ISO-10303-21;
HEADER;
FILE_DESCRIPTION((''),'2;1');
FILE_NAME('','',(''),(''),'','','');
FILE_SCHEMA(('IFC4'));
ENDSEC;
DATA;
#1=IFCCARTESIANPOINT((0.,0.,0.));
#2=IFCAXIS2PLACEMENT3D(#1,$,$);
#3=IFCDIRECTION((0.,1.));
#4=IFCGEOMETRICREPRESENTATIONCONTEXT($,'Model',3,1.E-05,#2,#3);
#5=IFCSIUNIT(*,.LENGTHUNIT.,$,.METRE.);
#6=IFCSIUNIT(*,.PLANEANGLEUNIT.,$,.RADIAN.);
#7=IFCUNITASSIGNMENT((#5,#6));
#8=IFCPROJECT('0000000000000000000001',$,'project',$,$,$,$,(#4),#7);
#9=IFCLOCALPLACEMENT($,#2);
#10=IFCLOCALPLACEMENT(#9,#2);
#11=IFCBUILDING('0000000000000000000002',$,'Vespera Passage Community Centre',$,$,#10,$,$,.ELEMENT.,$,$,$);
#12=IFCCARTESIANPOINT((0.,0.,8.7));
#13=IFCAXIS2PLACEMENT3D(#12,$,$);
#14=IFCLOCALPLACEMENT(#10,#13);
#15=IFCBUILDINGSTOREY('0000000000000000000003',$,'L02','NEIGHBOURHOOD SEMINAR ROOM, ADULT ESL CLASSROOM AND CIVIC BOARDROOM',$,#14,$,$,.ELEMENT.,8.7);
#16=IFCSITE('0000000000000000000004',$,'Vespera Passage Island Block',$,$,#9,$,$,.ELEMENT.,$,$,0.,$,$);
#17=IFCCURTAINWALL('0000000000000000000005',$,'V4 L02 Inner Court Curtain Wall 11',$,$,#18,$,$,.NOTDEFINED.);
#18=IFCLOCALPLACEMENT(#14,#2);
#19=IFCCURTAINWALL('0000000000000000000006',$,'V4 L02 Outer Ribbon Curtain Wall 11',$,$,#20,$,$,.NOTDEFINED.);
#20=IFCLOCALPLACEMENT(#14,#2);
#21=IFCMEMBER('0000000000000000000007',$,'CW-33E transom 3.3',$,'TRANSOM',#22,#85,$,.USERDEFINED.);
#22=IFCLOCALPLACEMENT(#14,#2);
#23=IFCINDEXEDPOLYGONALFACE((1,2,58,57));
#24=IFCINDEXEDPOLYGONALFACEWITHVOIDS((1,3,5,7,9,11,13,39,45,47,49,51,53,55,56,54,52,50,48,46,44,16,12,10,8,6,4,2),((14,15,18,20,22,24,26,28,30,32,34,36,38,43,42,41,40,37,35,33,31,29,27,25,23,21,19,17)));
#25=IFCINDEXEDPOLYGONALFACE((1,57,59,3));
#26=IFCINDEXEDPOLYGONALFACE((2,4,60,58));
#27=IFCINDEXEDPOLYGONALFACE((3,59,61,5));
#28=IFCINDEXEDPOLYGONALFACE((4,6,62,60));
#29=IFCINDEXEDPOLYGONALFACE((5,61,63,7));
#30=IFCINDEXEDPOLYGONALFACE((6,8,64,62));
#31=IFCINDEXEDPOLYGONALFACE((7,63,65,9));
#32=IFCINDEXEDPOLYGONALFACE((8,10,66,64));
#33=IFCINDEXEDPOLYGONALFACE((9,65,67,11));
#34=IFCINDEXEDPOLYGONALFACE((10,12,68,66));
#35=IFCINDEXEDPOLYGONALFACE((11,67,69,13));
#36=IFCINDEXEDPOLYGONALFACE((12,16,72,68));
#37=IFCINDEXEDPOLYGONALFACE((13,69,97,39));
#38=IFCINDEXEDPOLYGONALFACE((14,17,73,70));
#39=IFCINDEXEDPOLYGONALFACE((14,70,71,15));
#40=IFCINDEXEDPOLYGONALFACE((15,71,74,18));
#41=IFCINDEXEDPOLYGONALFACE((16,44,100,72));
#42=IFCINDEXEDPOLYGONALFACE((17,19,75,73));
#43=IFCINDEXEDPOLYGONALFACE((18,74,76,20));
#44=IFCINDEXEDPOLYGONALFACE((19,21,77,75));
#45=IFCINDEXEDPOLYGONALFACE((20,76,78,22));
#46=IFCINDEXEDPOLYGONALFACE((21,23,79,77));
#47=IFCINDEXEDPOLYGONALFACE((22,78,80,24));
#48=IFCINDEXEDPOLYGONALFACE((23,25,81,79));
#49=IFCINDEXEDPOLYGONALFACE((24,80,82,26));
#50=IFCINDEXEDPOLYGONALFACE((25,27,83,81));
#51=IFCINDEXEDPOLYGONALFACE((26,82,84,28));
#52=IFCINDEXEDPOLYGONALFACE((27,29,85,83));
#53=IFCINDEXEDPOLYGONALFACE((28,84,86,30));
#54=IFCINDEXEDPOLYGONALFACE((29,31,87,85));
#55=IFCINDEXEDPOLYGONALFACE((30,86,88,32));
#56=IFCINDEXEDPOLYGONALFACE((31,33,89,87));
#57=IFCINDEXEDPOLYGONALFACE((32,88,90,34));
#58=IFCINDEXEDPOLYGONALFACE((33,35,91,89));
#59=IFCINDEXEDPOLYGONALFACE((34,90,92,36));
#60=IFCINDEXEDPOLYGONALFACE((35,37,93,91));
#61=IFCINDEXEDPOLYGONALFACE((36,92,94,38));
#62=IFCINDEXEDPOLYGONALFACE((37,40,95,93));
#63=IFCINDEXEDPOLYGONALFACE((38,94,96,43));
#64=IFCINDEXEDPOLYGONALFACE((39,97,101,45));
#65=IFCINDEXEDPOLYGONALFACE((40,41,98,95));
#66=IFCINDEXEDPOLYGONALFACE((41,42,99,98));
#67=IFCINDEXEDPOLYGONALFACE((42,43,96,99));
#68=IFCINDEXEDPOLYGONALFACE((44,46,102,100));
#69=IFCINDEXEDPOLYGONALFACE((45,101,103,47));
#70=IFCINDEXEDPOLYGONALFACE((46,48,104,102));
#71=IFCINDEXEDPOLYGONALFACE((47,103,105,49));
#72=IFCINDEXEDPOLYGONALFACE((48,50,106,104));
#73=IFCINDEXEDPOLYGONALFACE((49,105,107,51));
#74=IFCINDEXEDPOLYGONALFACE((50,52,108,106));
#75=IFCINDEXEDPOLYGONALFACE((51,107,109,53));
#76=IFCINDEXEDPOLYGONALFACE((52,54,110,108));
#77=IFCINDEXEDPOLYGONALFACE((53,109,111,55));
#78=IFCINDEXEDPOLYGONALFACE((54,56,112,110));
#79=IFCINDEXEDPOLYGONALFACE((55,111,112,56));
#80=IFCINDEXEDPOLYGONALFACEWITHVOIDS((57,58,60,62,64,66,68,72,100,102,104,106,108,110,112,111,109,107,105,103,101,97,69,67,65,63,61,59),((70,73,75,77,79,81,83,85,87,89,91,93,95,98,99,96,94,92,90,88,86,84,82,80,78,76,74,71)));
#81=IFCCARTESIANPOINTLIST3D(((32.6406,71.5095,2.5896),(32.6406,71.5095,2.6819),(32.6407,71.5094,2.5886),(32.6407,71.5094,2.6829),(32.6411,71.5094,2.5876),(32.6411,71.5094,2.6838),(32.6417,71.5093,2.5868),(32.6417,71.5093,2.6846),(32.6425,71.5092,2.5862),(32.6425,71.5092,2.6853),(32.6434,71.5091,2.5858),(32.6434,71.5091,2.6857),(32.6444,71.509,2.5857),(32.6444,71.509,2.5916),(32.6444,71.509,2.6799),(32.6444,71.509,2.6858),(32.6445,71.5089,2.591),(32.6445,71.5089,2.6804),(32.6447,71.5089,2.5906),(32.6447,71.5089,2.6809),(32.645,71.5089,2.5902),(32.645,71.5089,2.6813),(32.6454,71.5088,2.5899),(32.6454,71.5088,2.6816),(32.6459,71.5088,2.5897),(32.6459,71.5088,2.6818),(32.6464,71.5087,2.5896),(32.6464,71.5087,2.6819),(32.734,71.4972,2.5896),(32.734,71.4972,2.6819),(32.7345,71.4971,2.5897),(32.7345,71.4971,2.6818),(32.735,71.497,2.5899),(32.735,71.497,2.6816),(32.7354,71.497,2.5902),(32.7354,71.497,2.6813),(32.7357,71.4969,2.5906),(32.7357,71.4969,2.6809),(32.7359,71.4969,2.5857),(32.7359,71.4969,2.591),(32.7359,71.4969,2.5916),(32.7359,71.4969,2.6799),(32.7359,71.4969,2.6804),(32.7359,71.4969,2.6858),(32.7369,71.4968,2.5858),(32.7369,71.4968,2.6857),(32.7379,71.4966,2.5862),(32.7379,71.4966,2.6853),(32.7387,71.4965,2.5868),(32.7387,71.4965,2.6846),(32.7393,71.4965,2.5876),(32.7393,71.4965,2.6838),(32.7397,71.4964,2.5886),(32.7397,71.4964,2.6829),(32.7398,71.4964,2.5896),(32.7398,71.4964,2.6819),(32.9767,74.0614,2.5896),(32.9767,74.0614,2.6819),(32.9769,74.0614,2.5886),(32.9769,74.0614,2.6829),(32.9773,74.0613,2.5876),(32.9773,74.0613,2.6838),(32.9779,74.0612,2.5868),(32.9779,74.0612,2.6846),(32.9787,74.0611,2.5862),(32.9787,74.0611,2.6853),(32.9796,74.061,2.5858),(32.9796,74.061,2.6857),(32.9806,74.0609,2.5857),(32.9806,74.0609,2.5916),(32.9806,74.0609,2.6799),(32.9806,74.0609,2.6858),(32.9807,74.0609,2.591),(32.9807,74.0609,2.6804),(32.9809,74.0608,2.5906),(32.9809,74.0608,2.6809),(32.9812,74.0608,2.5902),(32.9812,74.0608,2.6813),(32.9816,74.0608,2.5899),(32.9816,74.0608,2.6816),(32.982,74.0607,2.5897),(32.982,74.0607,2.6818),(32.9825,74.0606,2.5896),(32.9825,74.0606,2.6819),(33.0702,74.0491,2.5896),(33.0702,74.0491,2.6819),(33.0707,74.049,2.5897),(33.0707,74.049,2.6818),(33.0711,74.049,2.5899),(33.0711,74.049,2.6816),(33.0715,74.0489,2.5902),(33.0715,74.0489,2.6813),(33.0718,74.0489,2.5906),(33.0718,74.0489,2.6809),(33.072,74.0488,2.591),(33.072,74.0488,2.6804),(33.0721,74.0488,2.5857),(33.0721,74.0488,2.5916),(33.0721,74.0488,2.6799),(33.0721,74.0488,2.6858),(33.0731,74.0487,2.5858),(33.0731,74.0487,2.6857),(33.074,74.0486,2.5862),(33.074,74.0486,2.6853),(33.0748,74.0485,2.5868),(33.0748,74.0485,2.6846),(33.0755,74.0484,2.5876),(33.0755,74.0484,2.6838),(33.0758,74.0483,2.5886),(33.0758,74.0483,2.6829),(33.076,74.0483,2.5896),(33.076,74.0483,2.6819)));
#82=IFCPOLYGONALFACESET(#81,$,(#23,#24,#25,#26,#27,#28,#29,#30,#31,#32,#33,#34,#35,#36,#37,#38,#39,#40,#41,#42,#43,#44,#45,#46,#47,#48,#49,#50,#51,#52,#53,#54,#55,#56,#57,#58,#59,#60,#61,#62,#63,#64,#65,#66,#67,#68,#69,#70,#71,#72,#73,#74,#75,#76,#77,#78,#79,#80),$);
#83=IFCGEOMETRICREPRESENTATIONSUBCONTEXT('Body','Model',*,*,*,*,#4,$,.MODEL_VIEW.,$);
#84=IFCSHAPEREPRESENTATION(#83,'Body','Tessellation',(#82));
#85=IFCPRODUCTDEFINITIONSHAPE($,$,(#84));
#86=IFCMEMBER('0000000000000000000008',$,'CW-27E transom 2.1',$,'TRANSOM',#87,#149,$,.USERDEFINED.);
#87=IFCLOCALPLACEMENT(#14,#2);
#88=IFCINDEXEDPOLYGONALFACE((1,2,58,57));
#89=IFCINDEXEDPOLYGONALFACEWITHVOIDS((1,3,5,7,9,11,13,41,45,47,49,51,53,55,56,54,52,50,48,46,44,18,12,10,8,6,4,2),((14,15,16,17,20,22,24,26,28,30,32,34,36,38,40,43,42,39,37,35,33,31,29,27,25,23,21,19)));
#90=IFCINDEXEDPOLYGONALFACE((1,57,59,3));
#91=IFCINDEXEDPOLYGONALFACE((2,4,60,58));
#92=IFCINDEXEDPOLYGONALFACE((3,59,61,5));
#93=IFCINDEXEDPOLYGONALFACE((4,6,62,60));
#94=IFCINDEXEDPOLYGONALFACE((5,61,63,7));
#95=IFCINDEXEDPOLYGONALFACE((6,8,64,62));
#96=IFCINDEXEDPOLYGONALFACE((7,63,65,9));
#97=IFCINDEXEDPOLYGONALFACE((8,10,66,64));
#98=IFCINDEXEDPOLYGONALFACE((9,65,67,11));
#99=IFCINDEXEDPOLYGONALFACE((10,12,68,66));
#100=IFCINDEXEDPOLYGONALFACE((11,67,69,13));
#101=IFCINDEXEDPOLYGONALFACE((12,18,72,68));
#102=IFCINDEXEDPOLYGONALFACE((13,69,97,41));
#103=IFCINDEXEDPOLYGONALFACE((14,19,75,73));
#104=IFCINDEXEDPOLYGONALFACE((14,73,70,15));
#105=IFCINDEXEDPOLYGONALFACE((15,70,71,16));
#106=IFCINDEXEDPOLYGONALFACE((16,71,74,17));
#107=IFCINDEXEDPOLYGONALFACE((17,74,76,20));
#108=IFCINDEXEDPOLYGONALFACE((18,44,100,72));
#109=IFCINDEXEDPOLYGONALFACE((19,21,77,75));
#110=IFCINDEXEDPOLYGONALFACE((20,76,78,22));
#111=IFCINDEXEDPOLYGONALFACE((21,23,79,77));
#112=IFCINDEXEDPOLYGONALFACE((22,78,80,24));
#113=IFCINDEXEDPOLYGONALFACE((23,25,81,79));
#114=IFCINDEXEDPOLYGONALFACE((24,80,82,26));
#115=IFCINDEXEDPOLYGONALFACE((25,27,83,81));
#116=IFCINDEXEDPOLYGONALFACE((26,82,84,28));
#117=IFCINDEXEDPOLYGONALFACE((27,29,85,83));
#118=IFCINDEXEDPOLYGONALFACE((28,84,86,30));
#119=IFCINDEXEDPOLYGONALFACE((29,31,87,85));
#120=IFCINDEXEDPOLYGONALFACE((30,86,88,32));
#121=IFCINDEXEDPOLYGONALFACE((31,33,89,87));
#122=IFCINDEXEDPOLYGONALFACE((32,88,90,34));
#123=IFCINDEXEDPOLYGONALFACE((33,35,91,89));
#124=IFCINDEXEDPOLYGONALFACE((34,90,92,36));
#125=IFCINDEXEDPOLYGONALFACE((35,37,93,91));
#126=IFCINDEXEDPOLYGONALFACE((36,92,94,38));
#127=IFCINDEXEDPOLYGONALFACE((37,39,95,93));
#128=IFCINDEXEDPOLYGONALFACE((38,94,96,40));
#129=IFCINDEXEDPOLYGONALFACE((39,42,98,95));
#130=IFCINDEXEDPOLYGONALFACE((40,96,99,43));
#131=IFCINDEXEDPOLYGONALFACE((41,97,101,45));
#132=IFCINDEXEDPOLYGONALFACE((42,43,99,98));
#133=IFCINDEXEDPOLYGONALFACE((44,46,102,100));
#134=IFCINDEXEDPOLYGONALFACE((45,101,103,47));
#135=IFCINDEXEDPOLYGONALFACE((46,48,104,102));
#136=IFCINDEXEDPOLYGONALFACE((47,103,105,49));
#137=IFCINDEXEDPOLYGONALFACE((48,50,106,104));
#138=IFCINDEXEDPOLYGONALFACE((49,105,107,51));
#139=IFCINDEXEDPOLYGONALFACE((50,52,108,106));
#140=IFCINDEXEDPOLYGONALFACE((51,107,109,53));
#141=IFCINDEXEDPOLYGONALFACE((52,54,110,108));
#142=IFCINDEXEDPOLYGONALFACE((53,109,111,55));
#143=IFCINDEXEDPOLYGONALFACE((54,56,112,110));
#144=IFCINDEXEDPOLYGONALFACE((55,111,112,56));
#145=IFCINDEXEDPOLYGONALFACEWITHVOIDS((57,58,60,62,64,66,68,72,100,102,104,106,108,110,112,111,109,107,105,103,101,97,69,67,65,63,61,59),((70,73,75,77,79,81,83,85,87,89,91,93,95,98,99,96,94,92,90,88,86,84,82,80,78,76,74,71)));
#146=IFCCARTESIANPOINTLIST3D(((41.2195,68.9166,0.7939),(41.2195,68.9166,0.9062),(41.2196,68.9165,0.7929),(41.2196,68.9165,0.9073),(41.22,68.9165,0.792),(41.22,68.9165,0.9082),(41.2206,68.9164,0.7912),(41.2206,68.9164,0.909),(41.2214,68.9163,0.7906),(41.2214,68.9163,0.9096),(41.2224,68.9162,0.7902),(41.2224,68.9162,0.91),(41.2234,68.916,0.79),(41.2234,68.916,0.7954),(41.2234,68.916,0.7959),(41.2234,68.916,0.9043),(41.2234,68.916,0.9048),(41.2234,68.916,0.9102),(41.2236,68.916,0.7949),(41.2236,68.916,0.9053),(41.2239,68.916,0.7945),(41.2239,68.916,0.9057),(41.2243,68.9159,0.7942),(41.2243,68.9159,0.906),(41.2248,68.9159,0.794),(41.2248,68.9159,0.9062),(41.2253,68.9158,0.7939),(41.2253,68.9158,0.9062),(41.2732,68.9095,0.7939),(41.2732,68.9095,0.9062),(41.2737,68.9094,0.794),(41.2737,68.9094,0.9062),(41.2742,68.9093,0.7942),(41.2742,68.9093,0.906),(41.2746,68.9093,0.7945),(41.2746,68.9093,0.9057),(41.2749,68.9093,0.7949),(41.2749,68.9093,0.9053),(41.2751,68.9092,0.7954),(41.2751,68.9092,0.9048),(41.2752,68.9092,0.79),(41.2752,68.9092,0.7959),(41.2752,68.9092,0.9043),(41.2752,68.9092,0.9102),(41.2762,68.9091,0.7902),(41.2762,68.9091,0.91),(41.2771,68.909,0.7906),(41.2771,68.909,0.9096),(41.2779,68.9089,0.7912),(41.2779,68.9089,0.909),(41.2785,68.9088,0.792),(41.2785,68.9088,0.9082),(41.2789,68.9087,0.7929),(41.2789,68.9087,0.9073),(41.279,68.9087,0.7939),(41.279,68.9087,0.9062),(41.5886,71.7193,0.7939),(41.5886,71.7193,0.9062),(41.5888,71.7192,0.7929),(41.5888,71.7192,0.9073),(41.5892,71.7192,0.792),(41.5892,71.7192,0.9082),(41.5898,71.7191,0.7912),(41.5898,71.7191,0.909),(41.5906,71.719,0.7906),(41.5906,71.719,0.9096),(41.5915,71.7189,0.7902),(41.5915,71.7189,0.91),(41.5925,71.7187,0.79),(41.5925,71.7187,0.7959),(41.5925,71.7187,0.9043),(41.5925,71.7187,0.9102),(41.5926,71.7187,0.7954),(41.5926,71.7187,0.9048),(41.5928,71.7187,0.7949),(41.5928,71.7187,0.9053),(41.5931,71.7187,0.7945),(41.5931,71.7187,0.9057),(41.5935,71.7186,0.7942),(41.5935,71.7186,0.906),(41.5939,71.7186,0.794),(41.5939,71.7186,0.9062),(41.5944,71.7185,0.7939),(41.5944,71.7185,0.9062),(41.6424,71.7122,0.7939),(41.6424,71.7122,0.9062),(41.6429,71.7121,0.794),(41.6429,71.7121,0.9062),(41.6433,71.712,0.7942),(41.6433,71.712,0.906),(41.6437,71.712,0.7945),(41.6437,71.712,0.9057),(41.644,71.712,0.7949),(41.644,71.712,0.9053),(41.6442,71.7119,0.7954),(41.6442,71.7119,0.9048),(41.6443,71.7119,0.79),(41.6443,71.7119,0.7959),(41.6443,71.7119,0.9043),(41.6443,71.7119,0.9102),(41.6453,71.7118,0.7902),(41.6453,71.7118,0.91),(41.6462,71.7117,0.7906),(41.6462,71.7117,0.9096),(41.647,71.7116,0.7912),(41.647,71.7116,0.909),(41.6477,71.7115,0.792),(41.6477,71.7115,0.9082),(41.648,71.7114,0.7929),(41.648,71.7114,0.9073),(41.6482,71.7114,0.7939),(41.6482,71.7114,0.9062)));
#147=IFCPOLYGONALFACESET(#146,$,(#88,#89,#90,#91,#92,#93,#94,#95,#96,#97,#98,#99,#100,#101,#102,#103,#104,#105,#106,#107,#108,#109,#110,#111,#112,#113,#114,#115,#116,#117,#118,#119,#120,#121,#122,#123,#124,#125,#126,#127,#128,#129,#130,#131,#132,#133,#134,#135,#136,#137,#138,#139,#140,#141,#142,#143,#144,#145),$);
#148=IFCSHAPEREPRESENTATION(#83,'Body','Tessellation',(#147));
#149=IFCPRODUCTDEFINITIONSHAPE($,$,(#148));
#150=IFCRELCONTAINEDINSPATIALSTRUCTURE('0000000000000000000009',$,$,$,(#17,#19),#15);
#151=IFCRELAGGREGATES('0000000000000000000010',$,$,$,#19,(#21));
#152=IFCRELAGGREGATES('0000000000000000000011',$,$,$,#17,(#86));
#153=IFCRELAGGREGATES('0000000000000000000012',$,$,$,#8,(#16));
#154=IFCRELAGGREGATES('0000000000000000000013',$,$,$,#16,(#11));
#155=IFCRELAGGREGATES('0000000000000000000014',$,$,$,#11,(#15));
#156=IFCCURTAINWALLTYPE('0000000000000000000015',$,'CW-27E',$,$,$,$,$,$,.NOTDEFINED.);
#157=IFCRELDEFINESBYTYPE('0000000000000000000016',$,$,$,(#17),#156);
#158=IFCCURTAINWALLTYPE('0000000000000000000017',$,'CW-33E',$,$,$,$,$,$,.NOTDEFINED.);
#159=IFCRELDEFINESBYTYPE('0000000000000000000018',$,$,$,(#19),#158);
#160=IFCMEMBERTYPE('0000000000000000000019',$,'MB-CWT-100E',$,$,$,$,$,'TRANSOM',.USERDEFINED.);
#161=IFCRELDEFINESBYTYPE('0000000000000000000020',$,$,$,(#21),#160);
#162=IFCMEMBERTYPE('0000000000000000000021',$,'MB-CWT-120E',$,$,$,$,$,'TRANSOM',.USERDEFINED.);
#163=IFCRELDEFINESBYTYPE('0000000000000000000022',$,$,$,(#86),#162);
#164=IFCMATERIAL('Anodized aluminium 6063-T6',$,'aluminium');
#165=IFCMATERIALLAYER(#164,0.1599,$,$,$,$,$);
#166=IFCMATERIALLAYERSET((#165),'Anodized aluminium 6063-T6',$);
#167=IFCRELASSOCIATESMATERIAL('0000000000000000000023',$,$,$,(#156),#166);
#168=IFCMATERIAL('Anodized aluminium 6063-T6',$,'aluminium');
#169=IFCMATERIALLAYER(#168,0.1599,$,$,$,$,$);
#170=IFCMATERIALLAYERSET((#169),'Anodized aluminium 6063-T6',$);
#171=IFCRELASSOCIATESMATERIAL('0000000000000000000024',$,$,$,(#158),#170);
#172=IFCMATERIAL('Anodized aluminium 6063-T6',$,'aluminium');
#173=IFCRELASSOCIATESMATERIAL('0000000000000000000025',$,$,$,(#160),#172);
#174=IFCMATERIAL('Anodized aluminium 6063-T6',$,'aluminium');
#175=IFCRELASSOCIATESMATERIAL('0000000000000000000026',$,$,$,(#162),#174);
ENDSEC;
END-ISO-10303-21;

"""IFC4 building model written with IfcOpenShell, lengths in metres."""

from ifc_helpers import new_model, si_unit, direction, frame, origin, origin_2d, place, context, subcontext, project, spatial, hollow_rectangle, extrude, material, layer, layer_set, material_profile, profile_set, type_object, element, aggregate, save


model = new_model("IFC4")

# Units and contexts
model_context = context("Model", 3, precision=1e-05, world=origin(), true_north=direction((0.0, 1.0)))
body_context = subcontext(model_context, "Body", "Model", "MODEL_VIEW")
ifc_project = project(units=[si_unit("LENGTHUNIT", "METRE"), si_unit("PLANEANGLEUNIT", "RADIAN")], contexts=[model_context])

# Site, building, storey
site_placement = place(None, origin())
site = spatial("IfcSite", under=ifc_project, at=site_placement, Name="Vespera Passage Island Block", CompositionType="ELEMENT", RefElevation=0.0)
building_placement = place(site_placement, origin())
building = spatial("IfcBuilding", under=site, at=building_placement, Name="Vespera Passage Community Centre", CompositionType="ELEMENT")
storey_placement = place(building_placement, frame((0.0, 0.0, 8.7)))
storey = spatial("IfcBuildingStorey", under=building, at=storey_placement, Name="L02", Description="NEIGHBOURHOOD SEMINAR ROOM, ADULT ESL CLASSROOM AND CIVIC BOARDROOM", CompositionType="ELEMENT", Elevation=8.7)

# Curtain walls, member
ifc_material_1 = material(Name="Anodized aluminium 6063-T6", Category="aluminium")
ifc_layer_1 = layer(ifc_material_1, 0.1599)
ifc_layer_set_1 = layer_set([ifc_layer_1], Name="Anodized aluminium 6063-T6")
curtain_wall_type_1 = type_object("IfcCurtainWallType", Name="CW-27E", PredefinedType="NOTDEFINED", material=ifc_layer_set_1)
curtain_wall_1_placement = place(storey_placement, origin())
curtain_wall_1 = element("IfcCurtainWall", 1, at=curtain_wall_1_placement, inside=storey, type_object=curtain_wall_type_1, Name="V4 L02 Inner Court Curtain Wall 11", PredefinedType="NOTDEFINED")
ifc_material_2 = material(Name="Anodized aluminium 6063-T6", Category="aluminium")
ifc_layer_2 = layer(ifc_material_2, 0.1599)
ifc_layer_set_2 = layer_set([ifc_layer_2], Name="Anodized aluminium 6063-T6")
curtain_wall_type_2 = type_object("IfcCurtainWallType", Name="CW-33E", PredefinedType="NOTDEFINED", material=ifc_layer_set_2)
curtain_wall_2_placement = place(storey_placement, origin())
curtain_wall_2 = element("IfcCurtainWall", 2, at=curtain_wall_2_placement, inside=storey, type_object=curtain_wall_type_2, Name="V4 L02 Outer Ribbon Curtain Wall 11", PredefinedType="NOTDEFINED")
ifc_material_3 = material(Name="Anodized aluminium 6063-T6", Category="aluminium")
ifc_material_profile_1 = material_profile(ifc_material_3, hollow_rectangle(XDim=0.1001, YDim=0.1001, WallThickness=0.0039, InnerFilletRadius=0.002, OuterFilletRadius=0.0039, at=origin_2d()), Name="ALU100X100X4")
ifc_profile_set_1 = profile_set([ifc_material_profile_1], Name="Anodized aluminium 6063-T6")
member_type_1 = type_object("IfcMemberType", Name="MB-CWT-100E", ElementType="TRANSOM", PredefinedType="USERDEFINED", material=ifc_profile_set_1)
member_1_placement = place(storey_placement, frame((32.6902, 71.5029, 2.6357), z_axis=(0.130604, 0.991435, 0.0), x_axis=(-0.991435, 0.130604, 0.0)))
member_1 = element("IfcMember", 3, at=member_1_placement, type_object=member_type_1, Name="CW-33E transom 3.3", ObjectType="TRANSOM", PredefinedType="USERDEFINED", context=body_context, shape_type="SweptSolid", body=[
    extrude(hollow_rectangle(XDim=0.1001, YDim=0.1001, WallThickness=0.0039, InnerFilletRadius=0.002, OuterFilletRadius=0.0039, at=origin_2d()), origin(), (0.0, 0.0, 1.0), 2.574),
])

# Member
ifc_material_4 = material(Name="Anodized aluminium 6063-T6", Category="aluminium")
ifc_material_profile_2 = material_profile(ifc_material_4, hollow_rectangle(XDim=0.0601, YDim=0.1201, WallThickness=0.0039, InnerFilletRadius=0.002, OuterFilletRadius=0.0039, at=origin_2d()), Name="ALU120X60X4")
ifc_profile_set_2 = profile_set([ifc_material_profile_2], Name="Anodized aluminium 6063-T6")
member_type_2 = type_object("IfcMemberType", Name="MB-CWT-120E", ElementType="TRANSOM", PredefinedType="USERDEFINED", material=ifc_profile_set_2)
member_2_placement = place(storey_placement, frame((41.6184, 71.7153, 0.8501), z_axis=(-0.13058, -0.991438, 0.0), x_axis=(0.991438, -0.13058, 0.0)))
member_2 = element("IfcMember", 4, at=member_2_placement, type_object=member_type_2, Name="CW-27E transom 2.1", ObjectType="TRANSOM", PredefinedType="USERDEFINED", context=body_context, shape_type="SweptSolid", body=[
    extrude(hollow_rectangle(XDim=0.0601, YDim=0.1201, WallThickness=0.0039, InnerFilletRadius=0.002, OuterFilletRadius=0.0039, at=origin_2d()), origin(), (0.0, 0.0, 1.0), 2.8269),
])

aggregate(curtain_wall_2, [member_1])
aggregate(curtain_wall_1, [member_2])

save(model, "model.ifc")
